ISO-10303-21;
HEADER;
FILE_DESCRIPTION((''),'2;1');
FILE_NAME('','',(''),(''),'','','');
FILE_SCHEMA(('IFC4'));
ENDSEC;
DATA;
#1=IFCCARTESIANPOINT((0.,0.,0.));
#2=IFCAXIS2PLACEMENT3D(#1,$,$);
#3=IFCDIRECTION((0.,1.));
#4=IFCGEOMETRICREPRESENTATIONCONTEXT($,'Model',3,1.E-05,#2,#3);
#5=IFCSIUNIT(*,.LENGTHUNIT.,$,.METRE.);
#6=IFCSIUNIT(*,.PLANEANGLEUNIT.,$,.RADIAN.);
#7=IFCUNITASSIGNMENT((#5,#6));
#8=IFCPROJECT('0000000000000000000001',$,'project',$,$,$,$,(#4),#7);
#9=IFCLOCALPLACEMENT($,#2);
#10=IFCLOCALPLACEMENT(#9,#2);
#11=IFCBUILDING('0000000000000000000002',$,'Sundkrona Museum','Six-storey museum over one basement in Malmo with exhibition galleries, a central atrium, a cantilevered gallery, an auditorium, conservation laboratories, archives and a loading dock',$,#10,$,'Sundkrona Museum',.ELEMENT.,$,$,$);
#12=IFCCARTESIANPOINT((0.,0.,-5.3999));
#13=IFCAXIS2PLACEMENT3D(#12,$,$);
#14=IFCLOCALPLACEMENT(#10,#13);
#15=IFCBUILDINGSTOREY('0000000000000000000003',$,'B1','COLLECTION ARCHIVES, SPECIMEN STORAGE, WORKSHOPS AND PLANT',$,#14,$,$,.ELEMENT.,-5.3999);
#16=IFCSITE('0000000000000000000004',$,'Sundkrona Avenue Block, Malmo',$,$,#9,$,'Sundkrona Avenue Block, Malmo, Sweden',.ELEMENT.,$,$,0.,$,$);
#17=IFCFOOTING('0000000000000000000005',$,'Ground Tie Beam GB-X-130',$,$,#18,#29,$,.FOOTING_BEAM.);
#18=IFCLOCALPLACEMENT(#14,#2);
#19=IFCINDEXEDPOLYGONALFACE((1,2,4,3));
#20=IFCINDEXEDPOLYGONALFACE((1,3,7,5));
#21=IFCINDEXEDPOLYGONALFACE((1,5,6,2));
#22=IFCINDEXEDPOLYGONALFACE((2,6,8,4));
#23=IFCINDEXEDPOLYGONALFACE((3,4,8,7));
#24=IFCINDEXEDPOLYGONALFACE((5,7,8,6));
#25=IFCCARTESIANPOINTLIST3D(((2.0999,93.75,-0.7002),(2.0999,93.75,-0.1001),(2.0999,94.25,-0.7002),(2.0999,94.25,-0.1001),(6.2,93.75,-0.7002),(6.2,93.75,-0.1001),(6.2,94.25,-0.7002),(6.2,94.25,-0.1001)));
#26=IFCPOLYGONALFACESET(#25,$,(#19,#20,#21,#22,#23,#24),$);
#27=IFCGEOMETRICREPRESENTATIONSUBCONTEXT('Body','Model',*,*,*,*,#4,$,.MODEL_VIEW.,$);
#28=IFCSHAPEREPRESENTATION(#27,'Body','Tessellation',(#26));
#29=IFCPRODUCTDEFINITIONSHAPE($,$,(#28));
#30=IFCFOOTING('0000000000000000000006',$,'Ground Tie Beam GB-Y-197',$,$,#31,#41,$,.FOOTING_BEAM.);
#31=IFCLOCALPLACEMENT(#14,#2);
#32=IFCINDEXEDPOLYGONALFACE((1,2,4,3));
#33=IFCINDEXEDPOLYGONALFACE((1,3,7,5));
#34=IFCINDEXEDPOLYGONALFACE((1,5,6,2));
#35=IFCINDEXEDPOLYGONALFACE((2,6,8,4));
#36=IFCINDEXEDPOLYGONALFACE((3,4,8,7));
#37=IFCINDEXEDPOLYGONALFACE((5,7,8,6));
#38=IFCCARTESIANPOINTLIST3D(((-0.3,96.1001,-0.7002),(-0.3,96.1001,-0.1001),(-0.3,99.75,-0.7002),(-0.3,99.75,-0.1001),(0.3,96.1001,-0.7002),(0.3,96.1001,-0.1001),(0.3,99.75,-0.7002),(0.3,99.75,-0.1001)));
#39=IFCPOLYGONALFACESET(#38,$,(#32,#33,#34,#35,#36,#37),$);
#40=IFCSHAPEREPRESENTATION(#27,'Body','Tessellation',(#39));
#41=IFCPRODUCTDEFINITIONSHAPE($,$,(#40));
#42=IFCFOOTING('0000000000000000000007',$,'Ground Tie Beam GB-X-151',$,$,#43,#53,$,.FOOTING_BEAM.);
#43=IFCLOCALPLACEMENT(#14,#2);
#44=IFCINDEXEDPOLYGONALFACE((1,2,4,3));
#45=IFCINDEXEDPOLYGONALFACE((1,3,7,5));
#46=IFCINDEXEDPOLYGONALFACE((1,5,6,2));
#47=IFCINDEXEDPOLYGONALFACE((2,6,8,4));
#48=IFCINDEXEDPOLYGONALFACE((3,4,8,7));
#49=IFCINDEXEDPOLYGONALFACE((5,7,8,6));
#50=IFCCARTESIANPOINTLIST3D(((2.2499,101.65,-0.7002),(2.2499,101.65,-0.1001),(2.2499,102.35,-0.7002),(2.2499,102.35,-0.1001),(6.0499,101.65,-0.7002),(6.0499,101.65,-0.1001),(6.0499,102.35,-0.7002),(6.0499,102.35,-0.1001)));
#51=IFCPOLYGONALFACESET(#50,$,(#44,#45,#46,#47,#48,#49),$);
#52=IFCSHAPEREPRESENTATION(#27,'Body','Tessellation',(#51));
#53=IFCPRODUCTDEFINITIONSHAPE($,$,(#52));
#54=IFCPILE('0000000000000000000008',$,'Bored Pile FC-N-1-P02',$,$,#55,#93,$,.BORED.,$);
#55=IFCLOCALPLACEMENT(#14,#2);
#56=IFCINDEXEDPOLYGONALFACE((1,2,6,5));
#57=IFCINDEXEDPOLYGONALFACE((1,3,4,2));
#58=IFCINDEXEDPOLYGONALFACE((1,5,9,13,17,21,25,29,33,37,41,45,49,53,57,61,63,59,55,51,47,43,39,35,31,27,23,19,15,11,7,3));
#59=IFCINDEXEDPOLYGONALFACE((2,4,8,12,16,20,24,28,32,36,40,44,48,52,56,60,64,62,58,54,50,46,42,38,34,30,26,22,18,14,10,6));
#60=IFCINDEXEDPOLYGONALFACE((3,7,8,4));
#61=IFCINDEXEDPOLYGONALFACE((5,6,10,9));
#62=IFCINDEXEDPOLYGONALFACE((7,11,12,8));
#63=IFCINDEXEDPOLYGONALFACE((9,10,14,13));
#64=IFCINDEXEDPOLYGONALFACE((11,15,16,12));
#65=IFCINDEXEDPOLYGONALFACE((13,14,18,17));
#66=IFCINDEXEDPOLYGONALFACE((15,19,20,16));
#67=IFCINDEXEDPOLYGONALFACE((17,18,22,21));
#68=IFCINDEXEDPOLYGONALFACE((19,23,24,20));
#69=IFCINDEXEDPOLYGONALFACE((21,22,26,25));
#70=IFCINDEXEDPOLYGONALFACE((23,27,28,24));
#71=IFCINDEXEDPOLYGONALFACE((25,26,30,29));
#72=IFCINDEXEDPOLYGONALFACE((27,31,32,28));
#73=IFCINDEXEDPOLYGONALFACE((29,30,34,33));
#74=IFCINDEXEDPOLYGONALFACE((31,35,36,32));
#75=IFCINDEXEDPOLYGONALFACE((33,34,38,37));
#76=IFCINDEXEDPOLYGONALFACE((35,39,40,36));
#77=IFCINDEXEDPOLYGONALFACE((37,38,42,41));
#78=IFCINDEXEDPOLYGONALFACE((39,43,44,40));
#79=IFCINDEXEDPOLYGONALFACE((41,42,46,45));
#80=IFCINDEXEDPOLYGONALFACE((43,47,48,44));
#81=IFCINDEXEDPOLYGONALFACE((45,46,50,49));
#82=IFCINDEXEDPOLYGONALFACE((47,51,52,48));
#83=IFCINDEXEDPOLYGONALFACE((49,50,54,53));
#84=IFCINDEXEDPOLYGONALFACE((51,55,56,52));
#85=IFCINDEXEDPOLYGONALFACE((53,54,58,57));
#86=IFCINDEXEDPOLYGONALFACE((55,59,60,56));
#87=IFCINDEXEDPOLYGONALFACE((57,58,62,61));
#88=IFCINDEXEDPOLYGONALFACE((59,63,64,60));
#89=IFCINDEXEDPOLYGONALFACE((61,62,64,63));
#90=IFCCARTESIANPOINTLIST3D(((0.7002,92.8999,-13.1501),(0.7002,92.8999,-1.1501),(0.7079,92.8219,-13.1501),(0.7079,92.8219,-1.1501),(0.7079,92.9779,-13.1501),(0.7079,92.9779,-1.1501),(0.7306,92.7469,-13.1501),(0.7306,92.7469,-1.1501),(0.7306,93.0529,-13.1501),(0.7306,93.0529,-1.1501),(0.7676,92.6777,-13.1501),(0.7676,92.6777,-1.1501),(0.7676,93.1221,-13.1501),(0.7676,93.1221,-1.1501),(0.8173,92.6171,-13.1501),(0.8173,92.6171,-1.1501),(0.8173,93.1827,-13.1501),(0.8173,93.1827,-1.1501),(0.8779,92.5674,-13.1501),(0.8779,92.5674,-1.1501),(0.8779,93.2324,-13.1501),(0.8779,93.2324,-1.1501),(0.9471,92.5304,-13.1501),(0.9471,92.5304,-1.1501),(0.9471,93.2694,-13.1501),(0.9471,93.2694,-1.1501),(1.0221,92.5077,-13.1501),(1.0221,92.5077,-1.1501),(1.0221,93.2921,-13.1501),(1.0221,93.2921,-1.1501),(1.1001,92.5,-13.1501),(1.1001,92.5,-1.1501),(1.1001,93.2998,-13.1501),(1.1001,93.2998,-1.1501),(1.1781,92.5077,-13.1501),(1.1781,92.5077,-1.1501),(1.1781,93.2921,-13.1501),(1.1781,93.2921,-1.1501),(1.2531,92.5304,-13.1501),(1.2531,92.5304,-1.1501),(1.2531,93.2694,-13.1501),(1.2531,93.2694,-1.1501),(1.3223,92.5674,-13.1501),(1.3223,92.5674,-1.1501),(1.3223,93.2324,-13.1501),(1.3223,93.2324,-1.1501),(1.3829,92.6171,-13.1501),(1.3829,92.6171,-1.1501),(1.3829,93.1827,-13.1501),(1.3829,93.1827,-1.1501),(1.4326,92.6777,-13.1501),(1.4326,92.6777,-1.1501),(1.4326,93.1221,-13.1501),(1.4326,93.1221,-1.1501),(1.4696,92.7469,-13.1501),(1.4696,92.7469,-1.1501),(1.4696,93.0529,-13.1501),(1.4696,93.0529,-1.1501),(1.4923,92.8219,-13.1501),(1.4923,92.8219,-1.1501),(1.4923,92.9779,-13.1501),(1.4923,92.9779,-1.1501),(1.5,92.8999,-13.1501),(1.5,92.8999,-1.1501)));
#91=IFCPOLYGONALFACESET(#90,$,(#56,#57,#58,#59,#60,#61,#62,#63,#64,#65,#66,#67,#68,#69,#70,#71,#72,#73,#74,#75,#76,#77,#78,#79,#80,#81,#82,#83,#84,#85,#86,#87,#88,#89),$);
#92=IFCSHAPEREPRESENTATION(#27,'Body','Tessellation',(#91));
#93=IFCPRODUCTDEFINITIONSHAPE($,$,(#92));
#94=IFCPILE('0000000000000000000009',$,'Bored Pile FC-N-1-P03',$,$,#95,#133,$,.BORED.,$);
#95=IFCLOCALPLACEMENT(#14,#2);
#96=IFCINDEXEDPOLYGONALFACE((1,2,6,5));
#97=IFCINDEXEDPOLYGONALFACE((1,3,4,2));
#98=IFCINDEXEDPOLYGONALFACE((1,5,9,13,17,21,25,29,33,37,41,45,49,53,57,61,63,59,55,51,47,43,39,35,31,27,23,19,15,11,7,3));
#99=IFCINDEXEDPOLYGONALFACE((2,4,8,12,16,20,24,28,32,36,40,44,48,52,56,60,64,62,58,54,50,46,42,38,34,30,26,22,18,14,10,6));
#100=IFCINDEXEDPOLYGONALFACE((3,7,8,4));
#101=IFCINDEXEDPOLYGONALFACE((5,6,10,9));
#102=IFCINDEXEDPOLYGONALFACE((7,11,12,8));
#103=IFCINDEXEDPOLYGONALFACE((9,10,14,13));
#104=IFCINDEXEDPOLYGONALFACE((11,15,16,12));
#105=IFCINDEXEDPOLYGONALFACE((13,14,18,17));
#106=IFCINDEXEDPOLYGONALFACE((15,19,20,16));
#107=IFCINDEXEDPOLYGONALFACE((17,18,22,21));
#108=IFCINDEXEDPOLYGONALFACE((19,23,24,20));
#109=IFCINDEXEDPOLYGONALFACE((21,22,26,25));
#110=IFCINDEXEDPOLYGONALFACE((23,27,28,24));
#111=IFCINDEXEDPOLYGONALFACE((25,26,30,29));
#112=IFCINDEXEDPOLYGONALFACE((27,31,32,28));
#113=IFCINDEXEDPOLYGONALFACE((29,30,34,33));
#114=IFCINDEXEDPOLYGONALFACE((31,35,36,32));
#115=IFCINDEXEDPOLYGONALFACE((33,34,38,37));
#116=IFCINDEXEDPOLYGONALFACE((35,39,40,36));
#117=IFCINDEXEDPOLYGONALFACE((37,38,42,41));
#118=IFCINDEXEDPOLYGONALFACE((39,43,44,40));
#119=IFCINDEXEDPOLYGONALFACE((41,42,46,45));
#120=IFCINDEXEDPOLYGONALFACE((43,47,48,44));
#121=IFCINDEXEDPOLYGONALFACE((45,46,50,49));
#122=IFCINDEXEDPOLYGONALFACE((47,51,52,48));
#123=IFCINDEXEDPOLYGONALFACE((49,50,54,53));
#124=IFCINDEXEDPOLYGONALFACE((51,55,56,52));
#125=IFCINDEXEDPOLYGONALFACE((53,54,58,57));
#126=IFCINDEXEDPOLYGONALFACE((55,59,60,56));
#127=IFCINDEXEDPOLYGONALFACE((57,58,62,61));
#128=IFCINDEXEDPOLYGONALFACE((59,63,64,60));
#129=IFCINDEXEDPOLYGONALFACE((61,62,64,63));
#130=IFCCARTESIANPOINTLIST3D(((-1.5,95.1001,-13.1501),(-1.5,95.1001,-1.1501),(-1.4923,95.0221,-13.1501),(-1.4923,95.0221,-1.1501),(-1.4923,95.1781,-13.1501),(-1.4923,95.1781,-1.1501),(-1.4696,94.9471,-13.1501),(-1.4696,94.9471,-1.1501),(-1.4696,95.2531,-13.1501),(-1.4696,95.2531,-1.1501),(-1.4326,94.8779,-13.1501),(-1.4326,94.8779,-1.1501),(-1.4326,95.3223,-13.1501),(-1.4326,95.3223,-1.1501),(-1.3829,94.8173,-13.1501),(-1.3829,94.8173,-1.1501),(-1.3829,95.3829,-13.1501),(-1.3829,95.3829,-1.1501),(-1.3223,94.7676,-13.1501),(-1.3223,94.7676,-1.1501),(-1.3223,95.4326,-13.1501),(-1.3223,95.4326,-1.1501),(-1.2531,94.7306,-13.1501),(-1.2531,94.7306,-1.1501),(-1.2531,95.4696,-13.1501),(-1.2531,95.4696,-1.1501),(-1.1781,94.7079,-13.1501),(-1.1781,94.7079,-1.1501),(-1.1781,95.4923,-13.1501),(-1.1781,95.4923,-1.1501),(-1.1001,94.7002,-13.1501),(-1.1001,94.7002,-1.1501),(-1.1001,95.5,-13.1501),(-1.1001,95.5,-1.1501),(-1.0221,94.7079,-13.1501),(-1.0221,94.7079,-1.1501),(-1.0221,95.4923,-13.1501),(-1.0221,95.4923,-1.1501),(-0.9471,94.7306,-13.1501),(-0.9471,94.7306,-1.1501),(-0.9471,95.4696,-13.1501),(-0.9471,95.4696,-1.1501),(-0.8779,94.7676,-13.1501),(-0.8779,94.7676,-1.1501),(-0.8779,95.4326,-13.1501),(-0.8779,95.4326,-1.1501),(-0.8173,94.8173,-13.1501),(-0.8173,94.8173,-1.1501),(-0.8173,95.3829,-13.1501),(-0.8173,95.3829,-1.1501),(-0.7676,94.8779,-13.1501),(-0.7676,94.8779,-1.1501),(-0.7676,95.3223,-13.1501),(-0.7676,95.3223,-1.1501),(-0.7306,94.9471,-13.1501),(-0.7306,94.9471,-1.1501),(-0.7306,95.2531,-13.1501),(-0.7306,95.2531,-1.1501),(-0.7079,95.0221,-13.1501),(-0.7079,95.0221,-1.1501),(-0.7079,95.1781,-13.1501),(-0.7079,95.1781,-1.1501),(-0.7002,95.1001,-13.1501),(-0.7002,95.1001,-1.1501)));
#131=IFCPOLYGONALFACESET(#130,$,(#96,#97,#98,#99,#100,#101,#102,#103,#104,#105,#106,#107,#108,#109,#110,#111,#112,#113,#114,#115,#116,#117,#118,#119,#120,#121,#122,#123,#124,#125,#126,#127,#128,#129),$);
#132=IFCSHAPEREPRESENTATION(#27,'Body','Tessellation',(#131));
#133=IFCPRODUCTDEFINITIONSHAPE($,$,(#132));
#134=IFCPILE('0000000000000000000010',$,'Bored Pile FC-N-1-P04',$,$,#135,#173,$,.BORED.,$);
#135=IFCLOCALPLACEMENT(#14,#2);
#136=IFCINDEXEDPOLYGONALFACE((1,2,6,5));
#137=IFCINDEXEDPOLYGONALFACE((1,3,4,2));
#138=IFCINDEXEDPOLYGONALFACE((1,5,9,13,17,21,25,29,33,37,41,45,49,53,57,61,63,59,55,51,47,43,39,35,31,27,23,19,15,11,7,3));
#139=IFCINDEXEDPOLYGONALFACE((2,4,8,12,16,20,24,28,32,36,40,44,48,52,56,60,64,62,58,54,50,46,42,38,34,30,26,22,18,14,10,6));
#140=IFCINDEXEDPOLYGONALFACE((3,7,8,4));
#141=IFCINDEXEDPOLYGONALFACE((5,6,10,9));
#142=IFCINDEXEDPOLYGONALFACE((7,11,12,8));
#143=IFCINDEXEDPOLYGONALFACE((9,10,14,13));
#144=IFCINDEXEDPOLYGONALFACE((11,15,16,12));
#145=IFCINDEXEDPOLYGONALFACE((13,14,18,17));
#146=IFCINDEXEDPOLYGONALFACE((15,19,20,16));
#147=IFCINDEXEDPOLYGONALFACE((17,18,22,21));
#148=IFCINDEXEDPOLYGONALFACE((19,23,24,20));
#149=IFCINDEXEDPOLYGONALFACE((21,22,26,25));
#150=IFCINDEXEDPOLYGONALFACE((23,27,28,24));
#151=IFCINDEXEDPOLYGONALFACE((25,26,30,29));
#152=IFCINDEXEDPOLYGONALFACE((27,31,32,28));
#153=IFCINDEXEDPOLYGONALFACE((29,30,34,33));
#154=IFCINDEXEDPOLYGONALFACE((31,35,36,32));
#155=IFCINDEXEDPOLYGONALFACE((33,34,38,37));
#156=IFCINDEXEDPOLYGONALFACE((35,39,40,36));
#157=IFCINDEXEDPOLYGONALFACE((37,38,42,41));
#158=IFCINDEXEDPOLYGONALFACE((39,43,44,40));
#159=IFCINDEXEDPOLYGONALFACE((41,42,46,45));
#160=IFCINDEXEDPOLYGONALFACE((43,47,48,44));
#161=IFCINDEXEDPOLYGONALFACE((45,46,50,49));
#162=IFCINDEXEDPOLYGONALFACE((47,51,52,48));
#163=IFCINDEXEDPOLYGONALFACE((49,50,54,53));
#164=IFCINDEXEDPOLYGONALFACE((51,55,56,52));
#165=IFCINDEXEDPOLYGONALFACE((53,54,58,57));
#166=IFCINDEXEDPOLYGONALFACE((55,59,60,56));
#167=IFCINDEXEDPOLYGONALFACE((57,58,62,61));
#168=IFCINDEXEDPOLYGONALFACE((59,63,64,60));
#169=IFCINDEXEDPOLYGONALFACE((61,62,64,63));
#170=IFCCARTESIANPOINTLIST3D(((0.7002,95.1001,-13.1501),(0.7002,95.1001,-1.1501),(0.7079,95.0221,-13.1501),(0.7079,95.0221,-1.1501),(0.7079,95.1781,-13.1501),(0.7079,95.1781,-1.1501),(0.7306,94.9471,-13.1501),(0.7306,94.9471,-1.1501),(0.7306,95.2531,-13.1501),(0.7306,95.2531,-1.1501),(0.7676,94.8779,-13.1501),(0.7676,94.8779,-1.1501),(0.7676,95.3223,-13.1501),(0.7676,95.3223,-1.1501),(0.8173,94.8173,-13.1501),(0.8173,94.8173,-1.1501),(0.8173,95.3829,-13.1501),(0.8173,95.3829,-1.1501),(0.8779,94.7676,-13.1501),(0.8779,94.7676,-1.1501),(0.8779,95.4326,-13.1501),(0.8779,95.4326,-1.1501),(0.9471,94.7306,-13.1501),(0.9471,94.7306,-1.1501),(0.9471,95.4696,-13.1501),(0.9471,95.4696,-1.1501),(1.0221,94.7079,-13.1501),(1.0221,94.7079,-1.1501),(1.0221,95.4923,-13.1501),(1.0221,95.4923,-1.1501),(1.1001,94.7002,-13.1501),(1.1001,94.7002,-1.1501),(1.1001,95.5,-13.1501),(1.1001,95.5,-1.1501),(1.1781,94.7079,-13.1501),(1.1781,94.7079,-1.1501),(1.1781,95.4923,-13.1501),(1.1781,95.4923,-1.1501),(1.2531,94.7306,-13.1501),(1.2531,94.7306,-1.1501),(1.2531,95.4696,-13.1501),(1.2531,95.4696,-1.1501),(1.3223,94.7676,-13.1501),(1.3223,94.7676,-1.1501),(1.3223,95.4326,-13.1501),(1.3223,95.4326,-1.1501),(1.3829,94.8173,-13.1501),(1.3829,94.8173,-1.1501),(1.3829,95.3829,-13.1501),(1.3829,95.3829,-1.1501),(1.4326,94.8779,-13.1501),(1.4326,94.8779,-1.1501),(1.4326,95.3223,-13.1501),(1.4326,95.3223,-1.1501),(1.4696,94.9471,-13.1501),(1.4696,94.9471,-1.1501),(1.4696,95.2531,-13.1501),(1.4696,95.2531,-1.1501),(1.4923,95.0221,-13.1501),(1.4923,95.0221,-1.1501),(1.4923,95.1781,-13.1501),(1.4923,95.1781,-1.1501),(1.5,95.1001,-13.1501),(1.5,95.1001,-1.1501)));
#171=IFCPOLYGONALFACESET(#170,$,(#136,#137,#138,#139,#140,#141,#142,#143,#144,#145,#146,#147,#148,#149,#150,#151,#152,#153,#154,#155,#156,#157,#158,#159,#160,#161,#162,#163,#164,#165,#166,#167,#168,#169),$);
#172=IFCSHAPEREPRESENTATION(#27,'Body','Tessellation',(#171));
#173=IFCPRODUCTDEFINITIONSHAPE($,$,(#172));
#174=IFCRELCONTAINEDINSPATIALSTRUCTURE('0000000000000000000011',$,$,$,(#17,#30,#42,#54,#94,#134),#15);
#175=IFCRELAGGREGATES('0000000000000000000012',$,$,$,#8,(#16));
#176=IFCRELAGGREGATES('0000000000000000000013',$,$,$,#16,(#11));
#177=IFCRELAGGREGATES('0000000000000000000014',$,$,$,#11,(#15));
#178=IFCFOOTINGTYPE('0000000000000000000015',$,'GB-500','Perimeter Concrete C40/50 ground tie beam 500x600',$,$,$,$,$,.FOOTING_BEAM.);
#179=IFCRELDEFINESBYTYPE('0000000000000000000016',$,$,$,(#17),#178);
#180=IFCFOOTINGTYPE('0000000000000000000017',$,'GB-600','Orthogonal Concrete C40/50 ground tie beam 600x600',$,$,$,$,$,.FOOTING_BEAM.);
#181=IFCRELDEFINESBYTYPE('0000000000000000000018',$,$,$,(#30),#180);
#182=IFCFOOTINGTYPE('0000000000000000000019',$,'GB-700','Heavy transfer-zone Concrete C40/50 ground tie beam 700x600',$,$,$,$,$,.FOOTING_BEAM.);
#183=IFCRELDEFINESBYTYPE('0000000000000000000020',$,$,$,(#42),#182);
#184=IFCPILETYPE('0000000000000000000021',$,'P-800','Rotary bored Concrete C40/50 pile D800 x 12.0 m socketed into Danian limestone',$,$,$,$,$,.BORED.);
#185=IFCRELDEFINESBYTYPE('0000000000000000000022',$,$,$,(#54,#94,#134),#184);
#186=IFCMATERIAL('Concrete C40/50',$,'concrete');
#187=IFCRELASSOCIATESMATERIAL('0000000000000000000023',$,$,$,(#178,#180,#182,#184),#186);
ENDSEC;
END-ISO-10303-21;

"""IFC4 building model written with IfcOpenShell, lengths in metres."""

from ifc_helpers import new_model, si_unit, direction, frame, origin, origin_2d, place, context, subcontext, project, spatial, rectangle, circle, extrude, material, material_profile, profile_set, type_object, element, save


model = new_model("IFC4")

# Units and contexts
model_context = context("Model", 3, precision=1e-05, world=origin(), true_north=direction((0.0, 1.0)))
body_context = subcontext(model_context, "Body", "Model", "MODEL_VIEW")
ifc_project = project(units=[si_unit("LENGTHUNIT", "METRE"), si_unit("PLANEANGLEUNIT", "RADIAN")], contexts=[model_context])

# Site, building, storey
site_placement = place(None, origin())
site = spatial("IfcSite", under=ifc_project, at=site_placement, Name="Sundkrona Avenue Block, Malmo", LongName="Sundkrona Avenue Block, Malmo, Sweden", CompositionType="ELEMENT", RefElevation=0.0)
building_placement = place(site_placement, origin())
building = spatial("IfcBuilding", under=site, at=building_placement, Name="Sundkrona Museum", Description="Six-storey museum over one basement in Malmo with exhibition galleries, a central atrium, a cantilevered gallery, an auditorium, conservation laboratories, archives and a loading dock", LongName="Sundkrona Museum", CompositionType="ELEMENT")
storey_placement = place(building_placement, frame((0.0, 0.0, -5.3999)))
storey = spatial("IfcBuildingStorey", under=building, at=storey_placement, Name="B1", Description="COLLECTION ARCHIVES, SPECIMEN STORAGE, WORKSHOPS AND PLANT", CompositionType="ELEMENT", Elevation=-5.3999)

# Footings
ifc_material_1 = material(Name="Concrete C40/50", Category="concrete")
footing_type_1 = type_object("IfcFootingType", Name="GB-500", Description="Perimeter Concrete C40/50 ground tie beam 500x600", PredefinedType="FOOTING_BEAM", material=ifc_material_1)
footing_1_placement = place(storey_placement, frame((4.1499, 94.0, -0.7002), z_axis=(0.0, 0.0, 1.0), x_axis=(1.0, 0.0, 0.0)))
element("IfcFooting", 1, at=footing_1_placement, inside=storey, type_object=footing_type_1, Name="Ground Tie Beam GB-X-130", PredefinedType="FOOTING_BEAM", context=body_context, shape_type="SweptSolid", body=[
    extrude(rectangle(XDim=4.1001, YDim=0.5, at=origin_2d()), origin(), (0.0, 0.0, 1.0), 0.6001),
])
footing_type_2 = type_object("IfcFootingType", Name="GB-600", Description="Orthogonal Concrete C40/50 ground tie beam 600x600", PredefinedType="FOOTING_BEAM", material=ifc_material_1)
footing_2_placement = place(storey_placement, frame((0.0, 97.925, -0.7002), z_axis=(0.0, 0.0, 1.0), x_axis=(0.0, 1.0, 0.0)))
element("IfcFooting", 2, at=footing_2_placement, inside=storey, type_object=footing_type_2, Name="Ground Tie Beam GB-Y-197", PredefinedType="FOOTING_BEAM", context=body_context, shape_type="SweptSolid", body=[
    extrude(rectangle(XDim=3.6499, YDim=0.6001, at=origin_2d()), origin(), (0.0, 0.0, 1.0), 0.6001),
])
footing_type_3 = type_object("IfcFootingType", Name="GB-700", Description="Heavy transfer-zone Concrete C40/50 ground tie beam 700x600", PredefinedType="FOOTING_BEAM", material=ifc_material_1)
footing_3_placement = place(storey_placement, frame((4.1499, 102.0, -0.7002), z_axis=(0.0, 0.0, 1.0), x_axis=(1.0, 0.0, 0.0)))
element("IfcFooting", 3, at=footing_3_placement, inside=storey, type_object=footing_type_3, Name="Ground Tie Beam GB-X-151", PredefinedType="FOOTING_BEAM", context=body_context, shape_type="SweptSolid", body=[
    extrude(rectangle(XDim=3.8, YDim=0.7, at=origin_2d()), origin(), (0.0, 0.0, 1.0), 0.6001),
])

# Piles
ifc_material_profile_1 = material_profile(ifc_material_1, circle(Radius=0.3999, at=origin_2d()), Name="PILE D800")
ifc_profile_set_1 = profile_set([ifc_material_profile_1], Name="Concrete C40/50")
pile_type = type_object("IfcPileType", Name="P-800", Description="Rotary bored Concrete C40/50 pile D800 x 12.0 m socketed into Danian limestone", PredefinedType="BORED", material=ifc_profile_set_1)
for number, where, z_axis, x_axis, name in (
    (4, (1.1001, 92.8999, -1.1501), (0.0, 0.0, -1.0), (1.0, 0.0, 0.0), "Bored Pile FC-N-1-P02"),
    (5, (-1.1001, 95.1001, -1.1501), (0.0, 0.0, -1.0), (1.0, 0.0, 0.0), "Bored Pile FC-N-1-P03"),
    (6, (1.1001, 95.1001, -1.1501), (0.0, 0.0, -1.0), (1.0, 0.0, 0.0), "Bored Pile FC-N-1-P04"),
):
    element("IfcPile", number, at=place(storey_placement, frame(where, z_axis=z_axis, x_axis=x_axis)), inside=storey, type_object=pile_type, Name=name, PredefinedType="BORED", context=body_context, shape_type="SweptSolid", body=[
        extrude(circle(Radius=0.3999, at=origin_2d()), origin(), (0.0, 0.0, 1.0), 12.0),
    ])

save(model, "model.ifc")
